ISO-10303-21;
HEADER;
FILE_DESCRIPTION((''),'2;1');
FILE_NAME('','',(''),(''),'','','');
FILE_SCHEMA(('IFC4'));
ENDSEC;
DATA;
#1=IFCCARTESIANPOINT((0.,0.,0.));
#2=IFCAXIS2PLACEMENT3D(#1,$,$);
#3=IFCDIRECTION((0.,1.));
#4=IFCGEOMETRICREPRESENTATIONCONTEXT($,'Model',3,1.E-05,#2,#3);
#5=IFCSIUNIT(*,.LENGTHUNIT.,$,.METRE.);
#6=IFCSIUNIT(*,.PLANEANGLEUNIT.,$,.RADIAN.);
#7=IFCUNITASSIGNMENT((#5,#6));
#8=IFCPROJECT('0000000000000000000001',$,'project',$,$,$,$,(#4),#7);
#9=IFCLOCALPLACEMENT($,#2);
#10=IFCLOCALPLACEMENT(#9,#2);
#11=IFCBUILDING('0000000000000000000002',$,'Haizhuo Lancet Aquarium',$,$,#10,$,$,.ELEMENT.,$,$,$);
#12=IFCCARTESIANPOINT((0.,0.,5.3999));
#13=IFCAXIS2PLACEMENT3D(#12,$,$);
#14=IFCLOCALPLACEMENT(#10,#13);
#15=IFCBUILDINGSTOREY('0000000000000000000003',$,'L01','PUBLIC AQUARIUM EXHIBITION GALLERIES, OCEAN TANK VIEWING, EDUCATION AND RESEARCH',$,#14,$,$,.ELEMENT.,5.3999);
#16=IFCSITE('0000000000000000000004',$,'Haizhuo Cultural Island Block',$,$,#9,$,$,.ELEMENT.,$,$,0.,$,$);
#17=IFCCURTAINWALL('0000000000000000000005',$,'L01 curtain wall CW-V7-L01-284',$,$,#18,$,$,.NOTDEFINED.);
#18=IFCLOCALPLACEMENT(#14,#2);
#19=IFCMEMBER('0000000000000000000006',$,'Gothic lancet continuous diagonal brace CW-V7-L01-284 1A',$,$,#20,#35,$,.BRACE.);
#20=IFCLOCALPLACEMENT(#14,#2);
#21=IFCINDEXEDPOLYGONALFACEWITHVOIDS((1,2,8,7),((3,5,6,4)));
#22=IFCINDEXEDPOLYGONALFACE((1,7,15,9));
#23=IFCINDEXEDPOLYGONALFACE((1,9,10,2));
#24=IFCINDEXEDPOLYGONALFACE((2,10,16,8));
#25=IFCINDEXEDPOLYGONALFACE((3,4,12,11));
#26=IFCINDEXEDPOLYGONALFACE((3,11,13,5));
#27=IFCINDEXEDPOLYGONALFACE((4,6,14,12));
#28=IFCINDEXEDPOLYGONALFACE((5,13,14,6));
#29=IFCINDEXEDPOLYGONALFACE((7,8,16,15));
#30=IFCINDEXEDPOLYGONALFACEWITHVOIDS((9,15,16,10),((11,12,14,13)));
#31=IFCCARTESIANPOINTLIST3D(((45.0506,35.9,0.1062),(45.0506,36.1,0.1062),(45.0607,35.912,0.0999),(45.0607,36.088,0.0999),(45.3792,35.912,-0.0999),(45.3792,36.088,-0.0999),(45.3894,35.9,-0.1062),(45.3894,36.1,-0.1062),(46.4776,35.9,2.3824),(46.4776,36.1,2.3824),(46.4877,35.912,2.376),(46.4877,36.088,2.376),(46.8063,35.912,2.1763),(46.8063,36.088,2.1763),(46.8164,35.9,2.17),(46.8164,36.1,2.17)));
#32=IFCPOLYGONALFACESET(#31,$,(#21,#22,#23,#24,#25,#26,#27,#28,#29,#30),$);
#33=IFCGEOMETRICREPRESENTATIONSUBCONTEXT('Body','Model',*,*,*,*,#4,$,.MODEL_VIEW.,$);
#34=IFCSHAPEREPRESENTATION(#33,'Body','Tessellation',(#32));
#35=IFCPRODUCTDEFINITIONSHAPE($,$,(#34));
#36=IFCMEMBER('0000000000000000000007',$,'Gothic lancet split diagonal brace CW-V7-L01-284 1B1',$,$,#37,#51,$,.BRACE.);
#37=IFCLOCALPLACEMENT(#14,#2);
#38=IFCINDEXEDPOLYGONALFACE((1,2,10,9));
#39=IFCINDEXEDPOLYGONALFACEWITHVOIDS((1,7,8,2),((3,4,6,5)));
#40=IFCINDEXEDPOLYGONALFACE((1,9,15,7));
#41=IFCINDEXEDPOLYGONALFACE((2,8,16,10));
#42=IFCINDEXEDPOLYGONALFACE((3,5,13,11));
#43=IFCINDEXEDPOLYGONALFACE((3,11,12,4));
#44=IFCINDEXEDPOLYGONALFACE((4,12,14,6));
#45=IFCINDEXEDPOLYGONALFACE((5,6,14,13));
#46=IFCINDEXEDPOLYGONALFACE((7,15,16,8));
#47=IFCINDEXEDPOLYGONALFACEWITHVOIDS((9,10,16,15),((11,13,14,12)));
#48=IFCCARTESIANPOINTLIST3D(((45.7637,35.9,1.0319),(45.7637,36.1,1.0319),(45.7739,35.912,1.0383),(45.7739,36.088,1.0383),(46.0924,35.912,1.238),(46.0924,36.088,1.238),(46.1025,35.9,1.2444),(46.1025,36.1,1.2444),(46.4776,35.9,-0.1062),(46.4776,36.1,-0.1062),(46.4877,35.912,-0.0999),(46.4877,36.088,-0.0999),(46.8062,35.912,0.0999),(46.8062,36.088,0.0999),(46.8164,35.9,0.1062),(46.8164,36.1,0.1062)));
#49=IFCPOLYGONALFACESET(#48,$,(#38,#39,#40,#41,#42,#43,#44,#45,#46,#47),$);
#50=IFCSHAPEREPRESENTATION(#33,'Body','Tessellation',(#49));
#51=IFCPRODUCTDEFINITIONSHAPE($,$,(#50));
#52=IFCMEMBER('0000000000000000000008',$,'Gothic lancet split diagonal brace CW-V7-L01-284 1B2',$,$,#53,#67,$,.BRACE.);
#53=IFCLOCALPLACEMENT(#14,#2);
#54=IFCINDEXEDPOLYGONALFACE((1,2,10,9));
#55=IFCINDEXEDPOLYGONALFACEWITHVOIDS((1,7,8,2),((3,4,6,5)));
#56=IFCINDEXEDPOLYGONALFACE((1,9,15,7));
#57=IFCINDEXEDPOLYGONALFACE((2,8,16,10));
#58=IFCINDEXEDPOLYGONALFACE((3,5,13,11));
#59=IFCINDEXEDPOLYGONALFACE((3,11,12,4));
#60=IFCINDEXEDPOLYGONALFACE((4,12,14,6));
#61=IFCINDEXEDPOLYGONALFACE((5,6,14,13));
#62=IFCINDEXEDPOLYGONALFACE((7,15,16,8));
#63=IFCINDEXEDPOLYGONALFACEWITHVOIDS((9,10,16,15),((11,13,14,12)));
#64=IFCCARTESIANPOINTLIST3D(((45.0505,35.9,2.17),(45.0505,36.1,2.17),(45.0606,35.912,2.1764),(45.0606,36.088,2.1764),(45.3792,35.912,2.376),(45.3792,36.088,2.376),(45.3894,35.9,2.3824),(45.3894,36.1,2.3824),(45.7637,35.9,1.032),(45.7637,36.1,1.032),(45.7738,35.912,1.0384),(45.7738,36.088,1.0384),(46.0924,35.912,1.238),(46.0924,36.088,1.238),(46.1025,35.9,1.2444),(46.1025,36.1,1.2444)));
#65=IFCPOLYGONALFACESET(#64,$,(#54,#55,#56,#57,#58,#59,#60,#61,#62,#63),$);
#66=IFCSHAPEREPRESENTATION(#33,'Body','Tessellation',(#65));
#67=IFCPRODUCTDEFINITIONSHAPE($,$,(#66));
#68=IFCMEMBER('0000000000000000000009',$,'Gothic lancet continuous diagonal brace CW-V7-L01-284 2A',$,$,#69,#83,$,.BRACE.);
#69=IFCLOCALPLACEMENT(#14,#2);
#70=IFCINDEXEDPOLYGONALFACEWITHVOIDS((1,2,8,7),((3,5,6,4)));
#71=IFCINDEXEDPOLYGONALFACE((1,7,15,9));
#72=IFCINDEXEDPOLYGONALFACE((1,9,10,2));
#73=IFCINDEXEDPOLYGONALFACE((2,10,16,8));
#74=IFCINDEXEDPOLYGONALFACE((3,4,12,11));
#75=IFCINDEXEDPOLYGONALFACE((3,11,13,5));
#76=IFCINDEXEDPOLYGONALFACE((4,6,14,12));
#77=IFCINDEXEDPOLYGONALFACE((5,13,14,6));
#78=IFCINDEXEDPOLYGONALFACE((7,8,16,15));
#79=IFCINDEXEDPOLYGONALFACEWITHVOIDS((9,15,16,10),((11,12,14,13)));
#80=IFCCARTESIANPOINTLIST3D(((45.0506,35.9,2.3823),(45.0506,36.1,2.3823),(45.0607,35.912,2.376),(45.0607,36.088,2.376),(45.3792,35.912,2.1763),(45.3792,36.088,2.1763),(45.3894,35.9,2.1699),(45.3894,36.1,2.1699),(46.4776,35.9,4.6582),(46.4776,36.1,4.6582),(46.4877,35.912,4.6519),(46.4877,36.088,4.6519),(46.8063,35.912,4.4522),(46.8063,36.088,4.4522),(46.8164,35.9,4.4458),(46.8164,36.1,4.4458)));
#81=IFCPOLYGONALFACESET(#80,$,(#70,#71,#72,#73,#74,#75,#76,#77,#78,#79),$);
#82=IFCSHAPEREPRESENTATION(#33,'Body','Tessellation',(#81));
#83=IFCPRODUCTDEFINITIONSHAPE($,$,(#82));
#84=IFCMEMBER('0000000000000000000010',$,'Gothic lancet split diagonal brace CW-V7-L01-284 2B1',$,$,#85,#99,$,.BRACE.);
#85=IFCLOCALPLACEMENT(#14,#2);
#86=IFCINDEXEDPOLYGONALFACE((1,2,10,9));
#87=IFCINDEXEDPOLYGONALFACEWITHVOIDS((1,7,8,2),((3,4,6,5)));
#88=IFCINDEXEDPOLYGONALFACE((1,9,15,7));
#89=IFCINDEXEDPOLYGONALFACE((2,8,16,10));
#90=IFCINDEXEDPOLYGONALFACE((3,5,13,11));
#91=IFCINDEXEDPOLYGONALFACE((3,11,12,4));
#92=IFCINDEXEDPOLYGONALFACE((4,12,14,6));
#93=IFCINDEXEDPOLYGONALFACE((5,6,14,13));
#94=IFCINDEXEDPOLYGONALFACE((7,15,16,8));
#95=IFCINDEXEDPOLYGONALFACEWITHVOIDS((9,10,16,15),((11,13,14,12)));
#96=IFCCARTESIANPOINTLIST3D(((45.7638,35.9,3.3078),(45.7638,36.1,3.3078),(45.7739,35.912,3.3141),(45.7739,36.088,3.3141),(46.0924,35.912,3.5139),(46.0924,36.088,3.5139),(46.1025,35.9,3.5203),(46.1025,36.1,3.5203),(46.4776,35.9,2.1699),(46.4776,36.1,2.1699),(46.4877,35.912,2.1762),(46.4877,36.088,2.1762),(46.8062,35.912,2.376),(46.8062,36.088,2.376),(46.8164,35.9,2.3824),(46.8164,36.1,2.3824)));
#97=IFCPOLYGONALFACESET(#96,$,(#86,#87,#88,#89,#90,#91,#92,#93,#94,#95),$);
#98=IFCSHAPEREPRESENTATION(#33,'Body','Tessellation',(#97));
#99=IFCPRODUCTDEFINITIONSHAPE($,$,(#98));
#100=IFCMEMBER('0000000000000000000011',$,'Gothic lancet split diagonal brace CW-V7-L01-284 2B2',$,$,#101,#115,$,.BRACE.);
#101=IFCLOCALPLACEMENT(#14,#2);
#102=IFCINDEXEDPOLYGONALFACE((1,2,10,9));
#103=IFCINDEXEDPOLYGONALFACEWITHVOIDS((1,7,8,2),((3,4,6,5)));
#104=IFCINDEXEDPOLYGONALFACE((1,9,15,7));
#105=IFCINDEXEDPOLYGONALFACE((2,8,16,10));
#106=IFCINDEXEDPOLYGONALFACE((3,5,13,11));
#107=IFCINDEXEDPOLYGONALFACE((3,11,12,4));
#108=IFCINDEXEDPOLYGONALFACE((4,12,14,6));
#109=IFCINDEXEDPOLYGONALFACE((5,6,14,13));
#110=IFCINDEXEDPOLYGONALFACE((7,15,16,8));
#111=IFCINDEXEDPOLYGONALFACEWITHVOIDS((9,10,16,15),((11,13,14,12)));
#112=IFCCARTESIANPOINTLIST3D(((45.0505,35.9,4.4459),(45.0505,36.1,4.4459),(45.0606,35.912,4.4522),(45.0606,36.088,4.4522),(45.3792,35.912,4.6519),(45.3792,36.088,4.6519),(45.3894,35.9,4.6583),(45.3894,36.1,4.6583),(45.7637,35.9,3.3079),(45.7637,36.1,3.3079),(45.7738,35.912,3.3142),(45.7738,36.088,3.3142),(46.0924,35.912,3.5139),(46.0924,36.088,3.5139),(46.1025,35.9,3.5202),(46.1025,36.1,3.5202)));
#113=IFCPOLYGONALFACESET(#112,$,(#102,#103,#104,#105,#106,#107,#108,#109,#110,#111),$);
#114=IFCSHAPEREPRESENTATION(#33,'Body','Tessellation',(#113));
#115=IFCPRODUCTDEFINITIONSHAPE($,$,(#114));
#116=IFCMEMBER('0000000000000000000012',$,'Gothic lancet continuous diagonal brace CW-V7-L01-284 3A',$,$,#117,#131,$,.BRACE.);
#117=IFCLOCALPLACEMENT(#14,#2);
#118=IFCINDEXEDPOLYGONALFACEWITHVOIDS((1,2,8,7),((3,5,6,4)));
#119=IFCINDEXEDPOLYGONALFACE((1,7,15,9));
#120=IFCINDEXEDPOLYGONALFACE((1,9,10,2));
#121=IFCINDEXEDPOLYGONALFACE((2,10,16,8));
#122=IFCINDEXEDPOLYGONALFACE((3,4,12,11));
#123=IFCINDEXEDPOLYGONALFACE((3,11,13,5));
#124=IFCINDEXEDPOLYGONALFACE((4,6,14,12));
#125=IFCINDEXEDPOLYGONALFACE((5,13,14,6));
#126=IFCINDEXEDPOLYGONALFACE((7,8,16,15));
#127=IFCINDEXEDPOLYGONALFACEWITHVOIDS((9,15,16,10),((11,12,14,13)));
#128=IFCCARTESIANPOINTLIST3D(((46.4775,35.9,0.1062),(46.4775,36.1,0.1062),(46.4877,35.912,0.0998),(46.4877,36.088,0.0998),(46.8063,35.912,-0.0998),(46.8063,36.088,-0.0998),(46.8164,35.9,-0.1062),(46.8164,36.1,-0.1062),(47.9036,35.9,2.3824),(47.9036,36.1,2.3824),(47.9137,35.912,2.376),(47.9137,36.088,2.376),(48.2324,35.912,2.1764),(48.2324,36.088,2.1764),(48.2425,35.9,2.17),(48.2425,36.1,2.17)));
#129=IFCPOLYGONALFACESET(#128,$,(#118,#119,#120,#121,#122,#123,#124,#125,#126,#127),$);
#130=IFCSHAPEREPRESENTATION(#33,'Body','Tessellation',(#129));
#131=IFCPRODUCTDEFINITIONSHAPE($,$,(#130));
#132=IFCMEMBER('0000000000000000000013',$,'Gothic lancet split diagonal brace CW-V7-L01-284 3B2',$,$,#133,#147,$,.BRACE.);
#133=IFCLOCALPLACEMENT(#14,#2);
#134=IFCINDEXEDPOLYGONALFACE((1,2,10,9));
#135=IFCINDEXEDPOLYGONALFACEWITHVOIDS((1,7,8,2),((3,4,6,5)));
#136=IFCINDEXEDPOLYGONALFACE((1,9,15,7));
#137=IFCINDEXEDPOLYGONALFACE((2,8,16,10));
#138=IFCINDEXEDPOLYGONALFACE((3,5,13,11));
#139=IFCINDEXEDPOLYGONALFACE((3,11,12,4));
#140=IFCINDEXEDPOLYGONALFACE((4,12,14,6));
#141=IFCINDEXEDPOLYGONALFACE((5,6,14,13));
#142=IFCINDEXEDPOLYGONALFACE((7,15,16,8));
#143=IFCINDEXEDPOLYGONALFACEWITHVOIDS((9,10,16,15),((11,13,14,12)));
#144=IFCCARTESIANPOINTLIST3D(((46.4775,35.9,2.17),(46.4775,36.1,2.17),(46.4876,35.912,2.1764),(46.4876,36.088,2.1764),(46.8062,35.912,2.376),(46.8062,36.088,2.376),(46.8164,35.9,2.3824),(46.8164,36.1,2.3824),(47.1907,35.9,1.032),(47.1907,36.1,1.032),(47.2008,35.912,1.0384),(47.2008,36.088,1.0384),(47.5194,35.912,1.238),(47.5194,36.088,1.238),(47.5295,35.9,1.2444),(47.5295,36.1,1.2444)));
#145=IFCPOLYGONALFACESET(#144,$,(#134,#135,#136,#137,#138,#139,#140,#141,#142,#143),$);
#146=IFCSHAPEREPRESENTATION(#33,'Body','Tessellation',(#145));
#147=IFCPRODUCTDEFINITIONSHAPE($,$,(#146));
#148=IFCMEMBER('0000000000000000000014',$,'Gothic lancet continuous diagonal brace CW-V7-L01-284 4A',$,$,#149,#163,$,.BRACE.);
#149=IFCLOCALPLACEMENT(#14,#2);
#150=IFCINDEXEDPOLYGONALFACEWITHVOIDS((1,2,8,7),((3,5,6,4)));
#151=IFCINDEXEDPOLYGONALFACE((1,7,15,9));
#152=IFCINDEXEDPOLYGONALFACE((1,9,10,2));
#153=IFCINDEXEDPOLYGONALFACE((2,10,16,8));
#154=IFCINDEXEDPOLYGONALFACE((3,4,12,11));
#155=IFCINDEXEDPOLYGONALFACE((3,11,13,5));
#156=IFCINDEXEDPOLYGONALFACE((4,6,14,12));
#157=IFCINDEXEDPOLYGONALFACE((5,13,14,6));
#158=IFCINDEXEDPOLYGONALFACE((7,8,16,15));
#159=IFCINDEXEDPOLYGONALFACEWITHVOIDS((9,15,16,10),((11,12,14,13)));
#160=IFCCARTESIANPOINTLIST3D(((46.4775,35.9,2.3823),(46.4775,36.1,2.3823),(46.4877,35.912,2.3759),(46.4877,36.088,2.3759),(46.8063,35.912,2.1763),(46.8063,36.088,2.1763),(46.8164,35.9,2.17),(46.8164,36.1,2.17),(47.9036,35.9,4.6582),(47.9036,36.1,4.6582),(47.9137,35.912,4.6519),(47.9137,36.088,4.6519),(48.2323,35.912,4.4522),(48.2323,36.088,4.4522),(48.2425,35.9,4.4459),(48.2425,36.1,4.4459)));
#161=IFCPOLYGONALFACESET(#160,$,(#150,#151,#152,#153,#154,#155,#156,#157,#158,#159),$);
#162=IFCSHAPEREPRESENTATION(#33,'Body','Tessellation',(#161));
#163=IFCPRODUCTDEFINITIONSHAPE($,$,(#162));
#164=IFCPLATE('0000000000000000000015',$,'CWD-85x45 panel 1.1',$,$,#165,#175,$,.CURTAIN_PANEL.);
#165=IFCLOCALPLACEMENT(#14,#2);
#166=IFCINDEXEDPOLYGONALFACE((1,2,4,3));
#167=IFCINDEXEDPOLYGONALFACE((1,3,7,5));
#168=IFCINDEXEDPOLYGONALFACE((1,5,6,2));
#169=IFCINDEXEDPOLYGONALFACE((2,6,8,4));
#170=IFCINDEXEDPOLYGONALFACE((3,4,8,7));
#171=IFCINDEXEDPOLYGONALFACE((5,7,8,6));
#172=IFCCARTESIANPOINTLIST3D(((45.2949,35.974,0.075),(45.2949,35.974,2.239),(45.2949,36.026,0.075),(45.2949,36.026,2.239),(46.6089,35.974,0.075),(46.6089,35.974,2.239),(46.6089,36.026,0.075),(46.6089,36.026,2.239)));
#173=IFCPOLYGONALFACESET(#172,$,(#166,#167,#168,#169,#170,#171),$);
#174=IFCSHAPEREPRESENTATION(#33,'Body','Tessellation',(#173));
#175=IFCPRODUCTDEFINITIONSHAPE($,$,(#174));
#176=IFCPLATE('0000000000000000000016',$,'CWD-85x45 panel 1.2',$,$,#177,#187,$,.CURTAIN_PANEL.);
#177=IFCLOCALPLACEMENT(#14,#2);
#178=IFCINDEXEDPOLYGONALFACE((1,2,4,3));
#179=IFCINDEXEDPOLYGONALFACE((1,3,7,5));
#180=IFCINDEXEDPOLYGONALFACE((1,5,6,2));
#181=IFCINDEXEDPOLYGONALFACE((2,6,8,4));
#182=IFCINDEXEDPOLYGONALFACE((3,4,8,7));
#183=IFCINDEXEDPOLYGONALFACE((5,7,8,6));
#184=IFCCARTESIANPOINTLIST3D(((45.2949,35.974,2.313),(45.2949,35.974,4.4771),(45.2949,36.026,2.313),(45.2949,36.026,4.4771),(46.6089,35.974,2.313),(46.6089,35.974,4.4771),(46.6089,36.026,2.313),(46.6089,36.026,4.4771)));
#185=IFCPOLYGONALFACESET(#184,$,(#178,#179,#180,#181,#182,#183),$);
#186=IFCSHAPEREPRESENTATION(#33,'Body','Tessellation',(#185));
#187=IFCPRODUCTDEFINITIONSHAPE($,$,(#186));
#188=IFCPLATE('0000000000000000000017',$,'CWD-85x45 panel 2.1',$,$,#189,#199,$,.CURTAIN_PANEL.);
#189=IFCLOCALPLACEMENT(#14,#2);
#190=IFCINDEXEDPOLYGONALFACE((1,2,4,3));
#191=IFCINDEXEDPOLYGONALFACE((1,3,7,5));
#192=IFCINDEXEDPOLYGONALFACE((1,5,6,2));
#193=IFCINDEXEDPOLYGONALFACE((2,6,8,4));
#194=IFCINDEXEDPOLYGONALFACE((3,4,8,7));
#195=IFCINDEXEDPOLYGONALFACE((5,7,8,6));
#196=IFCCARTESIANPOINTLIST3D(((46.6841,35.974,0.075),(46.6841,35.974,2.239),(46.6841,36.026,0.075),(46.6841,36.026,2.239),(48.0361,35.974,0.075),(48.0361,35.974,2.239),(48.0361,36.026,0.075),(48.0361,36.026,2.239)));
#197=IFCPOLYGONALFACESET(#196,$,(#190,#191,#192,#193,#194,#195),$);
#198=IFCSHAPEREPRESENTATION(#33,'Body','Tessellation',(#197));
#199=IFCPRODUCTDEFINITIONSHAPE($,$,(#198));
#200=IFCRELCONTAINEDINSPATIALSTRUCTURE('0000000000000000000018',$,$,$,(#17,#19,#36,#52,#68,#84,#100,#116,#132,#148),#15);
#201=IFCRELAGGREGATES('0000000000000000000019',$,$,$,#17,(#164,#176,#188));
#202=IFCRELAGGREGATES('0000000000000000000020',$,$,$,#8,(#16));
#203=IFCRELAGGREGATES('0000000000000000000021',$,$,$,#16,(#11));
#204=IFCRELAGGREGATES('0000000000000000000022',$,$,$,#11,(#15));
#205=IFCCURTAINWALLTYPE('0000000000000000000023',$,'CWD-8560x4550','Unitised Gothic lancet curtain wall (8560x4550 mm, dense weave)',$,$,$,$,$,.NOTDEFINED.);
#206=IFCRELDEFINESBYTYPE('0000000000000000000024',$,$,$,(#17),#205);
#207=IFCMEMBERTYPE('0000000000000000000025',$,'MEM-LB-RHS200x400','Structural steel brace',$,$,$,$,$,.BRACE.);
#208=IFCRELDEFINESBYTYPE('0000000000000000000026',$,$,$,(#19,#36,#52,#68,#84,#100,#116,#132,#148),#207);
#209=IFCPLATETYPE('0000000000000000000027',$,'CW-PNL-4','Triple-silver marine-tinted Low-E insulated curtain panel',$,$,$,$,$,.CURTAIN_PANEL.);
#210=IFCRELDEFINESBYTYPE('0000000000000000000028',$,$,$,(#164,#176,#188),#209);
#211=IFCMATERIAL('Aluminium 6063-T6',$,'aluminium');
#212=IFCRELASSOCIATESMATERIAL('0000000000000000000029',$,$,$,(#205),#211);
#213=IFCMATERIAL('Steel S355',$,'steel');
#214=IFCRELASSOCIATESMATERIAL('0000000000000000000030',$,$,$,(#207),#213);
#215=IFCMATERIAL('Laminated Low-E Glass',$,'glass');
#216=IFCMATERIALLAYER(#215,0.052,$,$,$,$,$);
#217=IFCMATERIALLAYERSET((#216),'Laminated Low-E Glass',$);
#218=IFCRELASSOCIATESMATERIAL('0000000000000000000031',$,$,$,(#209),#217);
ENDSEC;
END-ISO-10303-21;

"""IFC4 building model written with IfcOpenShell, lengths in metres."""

from ifc_helpers import new_model, si_unit, direction, frame, origin, origin_2d, place, context, subcontext, project, spatial, rectangle, hollow_rectangle, extrude, material, layer, layer_set, material_profile, profile_set, type_object, element, aggregate, save


model = new_model("IFC4")

# Units and contexts
model_context = context("Model", 3, precision=1e-05, world=origin(), true_north=direction((0.0, 1.0)))
body_context = subcontext(model_context, "Body", "Model", "MODEL_VIEW")
ifc_project = project(units=[si_unit("LENGTHUNIT", "METRE"), si_unit("PLANEANGLEUNIT", "RADIAN")], contexts=[model_context])

# Site, building, storey
site_placement = place(None, origin())
site = spatial("IfcSite", under=ifc_project, at=site_placement, Name="Haizhuo Cultural Island Block", CompositionType="ELEMENT", RefElevation=0.0)
building_placement = place(site_placement, origin())
building = spatial("IfcBuilding", under=site, at=building_placement, Name="Haizhuo Lancet Aquarium", CompositionType="ELEMENT")
storey_placement = place(building_placement, frame((0.0, 0.0, 5.3999)))
storey = spatial("IfcBuildingStorey", under=building, at=storey_placement, Name="L01", Description="PUBLIC AQUARIUM EXHIBITION GALLERIES, OCEAN TANK VIEWING, EDUCATION AND RESEARCH", CompositionType="ELEMENT", Elevation=5.3999)

# Shared definitions
ifc_material_1 = material(Name="Steel S355", Category="steel")

# Curtain wall
ifc_material_2 = material(Name="Aluminium 6063-T6", Category="aluminium")
curtain_wall_type = type_object("IfcCurtainWallType", Name="CWD-8560x4550", Description="Unitised Gothic lancet curtain wall (8560x4550 mm, dense weave)", PredefinedType="NOTDEFINED", material=ifc_material_2)
curtain_wall_placement = place(storey_placement, origin())
curtain_wall = element("IfcCurtainWall", 1, at=curtain_wall_placement, inside=storey, type_object=curtain_wall_type, Name="L01 curtain wall CW-V7-L01-284", PredefinedType="NOTDEFINED")

# Members
ifc_material_profile_1 = material_profile(ifc_material_1, hollow_rectangle(XDim=0.2, YDim=0.3999, WallThickness=0.012, at=origin_2d()), Name="RHS 200x400x12")
ifc_profile_set_1 = profile_set([ifc_material_profile_1], Name="Steel S355")
member_type_1 = type_object("IfcMemberType", Name="MEM-LB-RHS200x400", Description="Structural steel brace", PredefinedType="BRACE", material=ifc_profile_set_1)
member_1_placement = place(storey_placement, frame((45.22, 36.0, 0.0), z_axis=(0.531183, 0.0, 0.847257), x_axis=(0.0, 1.0, 0.0)))
element("IfcMember", 2, at=member_1_placement, inside=storey, type_object=member_type_1, Name="Gothic lancet continuous diagonal brace CW-V7-L01-284 1A", PredefinedType="BRACE", context=body_context, shape_type="SweptSolid", body=[
    extrude(hollow_rectangle(XDim=0.2, YDim=0.3999, WallThickness=0.012, at=origin_2d()), origin(), (0.0, 0.0, 1.0), 2.6865),
])
member_2_placement = place(storey_placement, frame((46.647, 36.0, 0.0), z_axis=(-0.531338, 0.0, 0.84716), x_axis=(0.0, -1.0, 0.0)))
element("IfcMember", 3, at=member_2_placement, inside=storey, type_object=member_type_1, Name="Gothic lancet split diagonal brace CW-V7-L01-284 1B1", PredefinedType="BRACE", context=body_context, shape_type="SweptSolid", body=[
    extrude(hollow_rectangle(XDim=0.2, YDim=0.3999, WallThickness=0.012, at=origin_2d()), origin(), (0.0, 0.0, 1.0), 1.3435),
])
member_3_placement = place(storey_placement, frame((45.9331, 36.0, 1.1382), z_axis=(-0.531028, 0.0, 0.847354), x_axis=(0.0, -1.0, 0.0)))
element("IfcMember", 4, at=member_3_placement, inside=storey, type_object=member_type_1, Name="Gothic lancet split diagonal brace CW-V7-L01-284 1B2", PredefinedType="BRACE", context=body_context, shape_type="SweptSolid", body=[
    extrude(hollow_rectangle(XDim=0.2, YDim=0.3999, WallThickness=0.012, at=origin_2d()), origin(), (0.0, 0.0, 1.0), 1.343),
])
member_4_placement = place(storey_placement, frame((45.22, 36.0, 2.2761), z_axis=(0.531224, 0.0, 0.847232), x_axis=(0.0, 1.0, 0.0)))
element("IfcMember", 5, at=member_4_placement, inside=storey, type_object=member_type_1, Name="Gothic lancet continuous diagonal brace CW-V7-L01-284 2A", PredefinedType="BRACE", context=body_context, shape_type="SweptSolid", body=[
    extrude(hollow_rectangle(XDim=0.2, YDim=0.3999, WallThickness=0.012, at=origin_2d()), origin(), (0.0, 0.0, 1.0), 2.6863),
])
member_5_placement = place(storey_placement, frame((46.647, 36.0, 2.2761), z_axis=(-0.531419, 0.0, 0.847109), x_axis=(0.0, -1.0, 0.0)))
element("IfcMember", 6, at=member_5_placement, inside=storey, type_object=member_type_1, Name="Gothic lancet split diagonal brace CW-V7-L01-284 2B1", PredefinedType="BRACE", context=body_context, shape_type="SweptSolid", body=[
    extrude(hollow_rectangle(XDim=0.2, YDim=0.3999, WallThickness=0.012, at=origin_2d()), origin(), (0.0, 0.0, 1.0), 1.3433),
])
member_6_placement = place(storey_placement, frame((45.9331, 36.0, 3.4141), z_axis=(-0.531028, 0.0, 0.847354), x_axis=(0.0, -1.0, 0.0)))
element("IfcMember", 7, at=member_6_placement, inside=storey, type_object=member_type_1, Name="Gothic lancet split diagonal brace CW-V7-L01-284 2B2", PredefinedType="BRACE", context=body_context, shape_type="SweptSolid", body=[
    extrude(hollow_rectangle(XDim=0.2, YDim=0.3999, WallThickness=0.012, at=origin_2d()), origin(), (0.0, 0.0, 1.0), 1.343),
])
member_7_placement = place(storey_placement, frame((46.647, 36.0, 0.0), z_axis=(0.530922, 0.0, 0.847421), x_axis=(0.0, 1.0, 0.0)))
element("IfcMember", 8, at=member_7_placement, inside=storey, type_object=member_type_1, Name="Gothic lancet continuous diagonal brace CW-V7-L01-284 3A", PredefinedType="BRACE", context=body_context, shape_type="SweptSolid", body=[
    extrude(hollow_rectangle(XDim=0.2, YDim=0.3999, WallThickness=0.012, at=origin_2d()), origin(), (0.0, 0.0, 1.0), 2.686),
])
member_8_placement = place(storey_placement, frame((47.3601, 36.0, 1.1382), z_axis=(-0.531028, 0.0, 0.847354), x_axis=(0.0, -1.0, 0.0)))
element("IfcMember", 9, at=member_8_placement, inside=storey, type_object=member_type_1, Name="Gothic lancet split diagonal brace CW-V7-L01-284 3B2", PredefinedType="BRACE", context=body_context, shape_type="SweptSolid", body=[
    extrude(hollow_rectangle(XDim=0.2, YDim=0.3999, WallThickness=0.012, at=origin_2d()), origin(), (0.0, 0.0, 1.0), 1.343),
])
member_9_placement = place(storey_placement, frame((46.647, 36.0, 2.2761), z_axis=(0.530963, 0.0, 0.847395), x_axis=(0.0, 1.0, 0.0)))
element("IfcMember", 10, at=member_9_placement, inside=storey, type_object=member_type_1, Name="Gothic lancet continuous diagonal brace CW-V7-L01-284 4A", PredefinedType="BRACE", context=body_context, shape_type="SweptSolid", body=[
    extrude(hollow_rectangle(XDim=0.2, YDim=0.3999, WallThickness=0.012, at=origin_2d()), origin(), (0.0, 0.0, 1.0), 2.6858),
])

# Plates
ifc_material_3 = material(Name="Laminated Low-E Glass", Category="glass")
ifc_layer = layer(ifc_material_3, 0.052)
ifc_layer_set = layer_set([ifc_layer], Name="Laminated Low-E Glass")
plate_type = type_object("IfcPlateType", Name="CW-PNL-4", Description="Triple-silver marine-tinted Low-E insulated curtain panel", PredefinedType="CURTAIN_PANEL", material=ifc_layer_set)
plate_1_placement = place(storey_placement, frame((45.9519, 36.0, 0.075), z_axis=(0.0, 0.0, 1.0), x_axis=(1.0, 0.0, 0.0)))
plate_1 = element("IfcPlate", 11, at=plate_1_placement, type_object=plate_type, Name="CWD-85x45 panel 1.1", PredefinedType="CURTAIN_PANEL", context=body_context, shape_type="SweptSolid", body=[
    extrude(rectangle(XDim=1.314, YDim=0.052, at=origin_2d()), origin(), (0.0, 0.0, 1.0), 2.1641),
])
plate_2_placement = place(storey_placement, frame((45.9519, 36.0, 2.313), z_axis=(0.0, 0.0, 1.0), x_axis=(1.0, 0.0, 0.0)))
plate_2 = element("IfcPlate", 12, at=plate_2_placement, type_object=plate_type, Name="CWD-85x45 panel 1.2", PredefinedType="CURTAIN_PANEL", context=body_context, shape_type="SweptSolid", body=[
    extrude(rectangle(XDim=1.314, YDim=0.052, at=origin_2d()), origin(), (0.0, 0.0, 1.0), 2.1641),
])
plate_3_placement = place(storey_placement, frame((47.3601, 36.0, 0.075), z_axis=(0.0, 0.0, 1.0), x_axis=(1.0, 0.0, 0.0)))
plate_3 = element("IfcPlate", 13, at=plate_3_placement, type_object=plate_type, Name="CWD-85x45 panel 2.1", PredefinedType="CURTAIN_PANEL", context=body_context, shape_type="SweptSolid", body=[
    extrude(rectangle(XDim=1.3521, YDim=0.052, at=origin_2d()), origin(), (0.0, 0.0, 1.0), 2.1641),
])
aggregate(curtain_wall, [plate_1, plate_2, plate_3])

save(model, "model.ifc")
